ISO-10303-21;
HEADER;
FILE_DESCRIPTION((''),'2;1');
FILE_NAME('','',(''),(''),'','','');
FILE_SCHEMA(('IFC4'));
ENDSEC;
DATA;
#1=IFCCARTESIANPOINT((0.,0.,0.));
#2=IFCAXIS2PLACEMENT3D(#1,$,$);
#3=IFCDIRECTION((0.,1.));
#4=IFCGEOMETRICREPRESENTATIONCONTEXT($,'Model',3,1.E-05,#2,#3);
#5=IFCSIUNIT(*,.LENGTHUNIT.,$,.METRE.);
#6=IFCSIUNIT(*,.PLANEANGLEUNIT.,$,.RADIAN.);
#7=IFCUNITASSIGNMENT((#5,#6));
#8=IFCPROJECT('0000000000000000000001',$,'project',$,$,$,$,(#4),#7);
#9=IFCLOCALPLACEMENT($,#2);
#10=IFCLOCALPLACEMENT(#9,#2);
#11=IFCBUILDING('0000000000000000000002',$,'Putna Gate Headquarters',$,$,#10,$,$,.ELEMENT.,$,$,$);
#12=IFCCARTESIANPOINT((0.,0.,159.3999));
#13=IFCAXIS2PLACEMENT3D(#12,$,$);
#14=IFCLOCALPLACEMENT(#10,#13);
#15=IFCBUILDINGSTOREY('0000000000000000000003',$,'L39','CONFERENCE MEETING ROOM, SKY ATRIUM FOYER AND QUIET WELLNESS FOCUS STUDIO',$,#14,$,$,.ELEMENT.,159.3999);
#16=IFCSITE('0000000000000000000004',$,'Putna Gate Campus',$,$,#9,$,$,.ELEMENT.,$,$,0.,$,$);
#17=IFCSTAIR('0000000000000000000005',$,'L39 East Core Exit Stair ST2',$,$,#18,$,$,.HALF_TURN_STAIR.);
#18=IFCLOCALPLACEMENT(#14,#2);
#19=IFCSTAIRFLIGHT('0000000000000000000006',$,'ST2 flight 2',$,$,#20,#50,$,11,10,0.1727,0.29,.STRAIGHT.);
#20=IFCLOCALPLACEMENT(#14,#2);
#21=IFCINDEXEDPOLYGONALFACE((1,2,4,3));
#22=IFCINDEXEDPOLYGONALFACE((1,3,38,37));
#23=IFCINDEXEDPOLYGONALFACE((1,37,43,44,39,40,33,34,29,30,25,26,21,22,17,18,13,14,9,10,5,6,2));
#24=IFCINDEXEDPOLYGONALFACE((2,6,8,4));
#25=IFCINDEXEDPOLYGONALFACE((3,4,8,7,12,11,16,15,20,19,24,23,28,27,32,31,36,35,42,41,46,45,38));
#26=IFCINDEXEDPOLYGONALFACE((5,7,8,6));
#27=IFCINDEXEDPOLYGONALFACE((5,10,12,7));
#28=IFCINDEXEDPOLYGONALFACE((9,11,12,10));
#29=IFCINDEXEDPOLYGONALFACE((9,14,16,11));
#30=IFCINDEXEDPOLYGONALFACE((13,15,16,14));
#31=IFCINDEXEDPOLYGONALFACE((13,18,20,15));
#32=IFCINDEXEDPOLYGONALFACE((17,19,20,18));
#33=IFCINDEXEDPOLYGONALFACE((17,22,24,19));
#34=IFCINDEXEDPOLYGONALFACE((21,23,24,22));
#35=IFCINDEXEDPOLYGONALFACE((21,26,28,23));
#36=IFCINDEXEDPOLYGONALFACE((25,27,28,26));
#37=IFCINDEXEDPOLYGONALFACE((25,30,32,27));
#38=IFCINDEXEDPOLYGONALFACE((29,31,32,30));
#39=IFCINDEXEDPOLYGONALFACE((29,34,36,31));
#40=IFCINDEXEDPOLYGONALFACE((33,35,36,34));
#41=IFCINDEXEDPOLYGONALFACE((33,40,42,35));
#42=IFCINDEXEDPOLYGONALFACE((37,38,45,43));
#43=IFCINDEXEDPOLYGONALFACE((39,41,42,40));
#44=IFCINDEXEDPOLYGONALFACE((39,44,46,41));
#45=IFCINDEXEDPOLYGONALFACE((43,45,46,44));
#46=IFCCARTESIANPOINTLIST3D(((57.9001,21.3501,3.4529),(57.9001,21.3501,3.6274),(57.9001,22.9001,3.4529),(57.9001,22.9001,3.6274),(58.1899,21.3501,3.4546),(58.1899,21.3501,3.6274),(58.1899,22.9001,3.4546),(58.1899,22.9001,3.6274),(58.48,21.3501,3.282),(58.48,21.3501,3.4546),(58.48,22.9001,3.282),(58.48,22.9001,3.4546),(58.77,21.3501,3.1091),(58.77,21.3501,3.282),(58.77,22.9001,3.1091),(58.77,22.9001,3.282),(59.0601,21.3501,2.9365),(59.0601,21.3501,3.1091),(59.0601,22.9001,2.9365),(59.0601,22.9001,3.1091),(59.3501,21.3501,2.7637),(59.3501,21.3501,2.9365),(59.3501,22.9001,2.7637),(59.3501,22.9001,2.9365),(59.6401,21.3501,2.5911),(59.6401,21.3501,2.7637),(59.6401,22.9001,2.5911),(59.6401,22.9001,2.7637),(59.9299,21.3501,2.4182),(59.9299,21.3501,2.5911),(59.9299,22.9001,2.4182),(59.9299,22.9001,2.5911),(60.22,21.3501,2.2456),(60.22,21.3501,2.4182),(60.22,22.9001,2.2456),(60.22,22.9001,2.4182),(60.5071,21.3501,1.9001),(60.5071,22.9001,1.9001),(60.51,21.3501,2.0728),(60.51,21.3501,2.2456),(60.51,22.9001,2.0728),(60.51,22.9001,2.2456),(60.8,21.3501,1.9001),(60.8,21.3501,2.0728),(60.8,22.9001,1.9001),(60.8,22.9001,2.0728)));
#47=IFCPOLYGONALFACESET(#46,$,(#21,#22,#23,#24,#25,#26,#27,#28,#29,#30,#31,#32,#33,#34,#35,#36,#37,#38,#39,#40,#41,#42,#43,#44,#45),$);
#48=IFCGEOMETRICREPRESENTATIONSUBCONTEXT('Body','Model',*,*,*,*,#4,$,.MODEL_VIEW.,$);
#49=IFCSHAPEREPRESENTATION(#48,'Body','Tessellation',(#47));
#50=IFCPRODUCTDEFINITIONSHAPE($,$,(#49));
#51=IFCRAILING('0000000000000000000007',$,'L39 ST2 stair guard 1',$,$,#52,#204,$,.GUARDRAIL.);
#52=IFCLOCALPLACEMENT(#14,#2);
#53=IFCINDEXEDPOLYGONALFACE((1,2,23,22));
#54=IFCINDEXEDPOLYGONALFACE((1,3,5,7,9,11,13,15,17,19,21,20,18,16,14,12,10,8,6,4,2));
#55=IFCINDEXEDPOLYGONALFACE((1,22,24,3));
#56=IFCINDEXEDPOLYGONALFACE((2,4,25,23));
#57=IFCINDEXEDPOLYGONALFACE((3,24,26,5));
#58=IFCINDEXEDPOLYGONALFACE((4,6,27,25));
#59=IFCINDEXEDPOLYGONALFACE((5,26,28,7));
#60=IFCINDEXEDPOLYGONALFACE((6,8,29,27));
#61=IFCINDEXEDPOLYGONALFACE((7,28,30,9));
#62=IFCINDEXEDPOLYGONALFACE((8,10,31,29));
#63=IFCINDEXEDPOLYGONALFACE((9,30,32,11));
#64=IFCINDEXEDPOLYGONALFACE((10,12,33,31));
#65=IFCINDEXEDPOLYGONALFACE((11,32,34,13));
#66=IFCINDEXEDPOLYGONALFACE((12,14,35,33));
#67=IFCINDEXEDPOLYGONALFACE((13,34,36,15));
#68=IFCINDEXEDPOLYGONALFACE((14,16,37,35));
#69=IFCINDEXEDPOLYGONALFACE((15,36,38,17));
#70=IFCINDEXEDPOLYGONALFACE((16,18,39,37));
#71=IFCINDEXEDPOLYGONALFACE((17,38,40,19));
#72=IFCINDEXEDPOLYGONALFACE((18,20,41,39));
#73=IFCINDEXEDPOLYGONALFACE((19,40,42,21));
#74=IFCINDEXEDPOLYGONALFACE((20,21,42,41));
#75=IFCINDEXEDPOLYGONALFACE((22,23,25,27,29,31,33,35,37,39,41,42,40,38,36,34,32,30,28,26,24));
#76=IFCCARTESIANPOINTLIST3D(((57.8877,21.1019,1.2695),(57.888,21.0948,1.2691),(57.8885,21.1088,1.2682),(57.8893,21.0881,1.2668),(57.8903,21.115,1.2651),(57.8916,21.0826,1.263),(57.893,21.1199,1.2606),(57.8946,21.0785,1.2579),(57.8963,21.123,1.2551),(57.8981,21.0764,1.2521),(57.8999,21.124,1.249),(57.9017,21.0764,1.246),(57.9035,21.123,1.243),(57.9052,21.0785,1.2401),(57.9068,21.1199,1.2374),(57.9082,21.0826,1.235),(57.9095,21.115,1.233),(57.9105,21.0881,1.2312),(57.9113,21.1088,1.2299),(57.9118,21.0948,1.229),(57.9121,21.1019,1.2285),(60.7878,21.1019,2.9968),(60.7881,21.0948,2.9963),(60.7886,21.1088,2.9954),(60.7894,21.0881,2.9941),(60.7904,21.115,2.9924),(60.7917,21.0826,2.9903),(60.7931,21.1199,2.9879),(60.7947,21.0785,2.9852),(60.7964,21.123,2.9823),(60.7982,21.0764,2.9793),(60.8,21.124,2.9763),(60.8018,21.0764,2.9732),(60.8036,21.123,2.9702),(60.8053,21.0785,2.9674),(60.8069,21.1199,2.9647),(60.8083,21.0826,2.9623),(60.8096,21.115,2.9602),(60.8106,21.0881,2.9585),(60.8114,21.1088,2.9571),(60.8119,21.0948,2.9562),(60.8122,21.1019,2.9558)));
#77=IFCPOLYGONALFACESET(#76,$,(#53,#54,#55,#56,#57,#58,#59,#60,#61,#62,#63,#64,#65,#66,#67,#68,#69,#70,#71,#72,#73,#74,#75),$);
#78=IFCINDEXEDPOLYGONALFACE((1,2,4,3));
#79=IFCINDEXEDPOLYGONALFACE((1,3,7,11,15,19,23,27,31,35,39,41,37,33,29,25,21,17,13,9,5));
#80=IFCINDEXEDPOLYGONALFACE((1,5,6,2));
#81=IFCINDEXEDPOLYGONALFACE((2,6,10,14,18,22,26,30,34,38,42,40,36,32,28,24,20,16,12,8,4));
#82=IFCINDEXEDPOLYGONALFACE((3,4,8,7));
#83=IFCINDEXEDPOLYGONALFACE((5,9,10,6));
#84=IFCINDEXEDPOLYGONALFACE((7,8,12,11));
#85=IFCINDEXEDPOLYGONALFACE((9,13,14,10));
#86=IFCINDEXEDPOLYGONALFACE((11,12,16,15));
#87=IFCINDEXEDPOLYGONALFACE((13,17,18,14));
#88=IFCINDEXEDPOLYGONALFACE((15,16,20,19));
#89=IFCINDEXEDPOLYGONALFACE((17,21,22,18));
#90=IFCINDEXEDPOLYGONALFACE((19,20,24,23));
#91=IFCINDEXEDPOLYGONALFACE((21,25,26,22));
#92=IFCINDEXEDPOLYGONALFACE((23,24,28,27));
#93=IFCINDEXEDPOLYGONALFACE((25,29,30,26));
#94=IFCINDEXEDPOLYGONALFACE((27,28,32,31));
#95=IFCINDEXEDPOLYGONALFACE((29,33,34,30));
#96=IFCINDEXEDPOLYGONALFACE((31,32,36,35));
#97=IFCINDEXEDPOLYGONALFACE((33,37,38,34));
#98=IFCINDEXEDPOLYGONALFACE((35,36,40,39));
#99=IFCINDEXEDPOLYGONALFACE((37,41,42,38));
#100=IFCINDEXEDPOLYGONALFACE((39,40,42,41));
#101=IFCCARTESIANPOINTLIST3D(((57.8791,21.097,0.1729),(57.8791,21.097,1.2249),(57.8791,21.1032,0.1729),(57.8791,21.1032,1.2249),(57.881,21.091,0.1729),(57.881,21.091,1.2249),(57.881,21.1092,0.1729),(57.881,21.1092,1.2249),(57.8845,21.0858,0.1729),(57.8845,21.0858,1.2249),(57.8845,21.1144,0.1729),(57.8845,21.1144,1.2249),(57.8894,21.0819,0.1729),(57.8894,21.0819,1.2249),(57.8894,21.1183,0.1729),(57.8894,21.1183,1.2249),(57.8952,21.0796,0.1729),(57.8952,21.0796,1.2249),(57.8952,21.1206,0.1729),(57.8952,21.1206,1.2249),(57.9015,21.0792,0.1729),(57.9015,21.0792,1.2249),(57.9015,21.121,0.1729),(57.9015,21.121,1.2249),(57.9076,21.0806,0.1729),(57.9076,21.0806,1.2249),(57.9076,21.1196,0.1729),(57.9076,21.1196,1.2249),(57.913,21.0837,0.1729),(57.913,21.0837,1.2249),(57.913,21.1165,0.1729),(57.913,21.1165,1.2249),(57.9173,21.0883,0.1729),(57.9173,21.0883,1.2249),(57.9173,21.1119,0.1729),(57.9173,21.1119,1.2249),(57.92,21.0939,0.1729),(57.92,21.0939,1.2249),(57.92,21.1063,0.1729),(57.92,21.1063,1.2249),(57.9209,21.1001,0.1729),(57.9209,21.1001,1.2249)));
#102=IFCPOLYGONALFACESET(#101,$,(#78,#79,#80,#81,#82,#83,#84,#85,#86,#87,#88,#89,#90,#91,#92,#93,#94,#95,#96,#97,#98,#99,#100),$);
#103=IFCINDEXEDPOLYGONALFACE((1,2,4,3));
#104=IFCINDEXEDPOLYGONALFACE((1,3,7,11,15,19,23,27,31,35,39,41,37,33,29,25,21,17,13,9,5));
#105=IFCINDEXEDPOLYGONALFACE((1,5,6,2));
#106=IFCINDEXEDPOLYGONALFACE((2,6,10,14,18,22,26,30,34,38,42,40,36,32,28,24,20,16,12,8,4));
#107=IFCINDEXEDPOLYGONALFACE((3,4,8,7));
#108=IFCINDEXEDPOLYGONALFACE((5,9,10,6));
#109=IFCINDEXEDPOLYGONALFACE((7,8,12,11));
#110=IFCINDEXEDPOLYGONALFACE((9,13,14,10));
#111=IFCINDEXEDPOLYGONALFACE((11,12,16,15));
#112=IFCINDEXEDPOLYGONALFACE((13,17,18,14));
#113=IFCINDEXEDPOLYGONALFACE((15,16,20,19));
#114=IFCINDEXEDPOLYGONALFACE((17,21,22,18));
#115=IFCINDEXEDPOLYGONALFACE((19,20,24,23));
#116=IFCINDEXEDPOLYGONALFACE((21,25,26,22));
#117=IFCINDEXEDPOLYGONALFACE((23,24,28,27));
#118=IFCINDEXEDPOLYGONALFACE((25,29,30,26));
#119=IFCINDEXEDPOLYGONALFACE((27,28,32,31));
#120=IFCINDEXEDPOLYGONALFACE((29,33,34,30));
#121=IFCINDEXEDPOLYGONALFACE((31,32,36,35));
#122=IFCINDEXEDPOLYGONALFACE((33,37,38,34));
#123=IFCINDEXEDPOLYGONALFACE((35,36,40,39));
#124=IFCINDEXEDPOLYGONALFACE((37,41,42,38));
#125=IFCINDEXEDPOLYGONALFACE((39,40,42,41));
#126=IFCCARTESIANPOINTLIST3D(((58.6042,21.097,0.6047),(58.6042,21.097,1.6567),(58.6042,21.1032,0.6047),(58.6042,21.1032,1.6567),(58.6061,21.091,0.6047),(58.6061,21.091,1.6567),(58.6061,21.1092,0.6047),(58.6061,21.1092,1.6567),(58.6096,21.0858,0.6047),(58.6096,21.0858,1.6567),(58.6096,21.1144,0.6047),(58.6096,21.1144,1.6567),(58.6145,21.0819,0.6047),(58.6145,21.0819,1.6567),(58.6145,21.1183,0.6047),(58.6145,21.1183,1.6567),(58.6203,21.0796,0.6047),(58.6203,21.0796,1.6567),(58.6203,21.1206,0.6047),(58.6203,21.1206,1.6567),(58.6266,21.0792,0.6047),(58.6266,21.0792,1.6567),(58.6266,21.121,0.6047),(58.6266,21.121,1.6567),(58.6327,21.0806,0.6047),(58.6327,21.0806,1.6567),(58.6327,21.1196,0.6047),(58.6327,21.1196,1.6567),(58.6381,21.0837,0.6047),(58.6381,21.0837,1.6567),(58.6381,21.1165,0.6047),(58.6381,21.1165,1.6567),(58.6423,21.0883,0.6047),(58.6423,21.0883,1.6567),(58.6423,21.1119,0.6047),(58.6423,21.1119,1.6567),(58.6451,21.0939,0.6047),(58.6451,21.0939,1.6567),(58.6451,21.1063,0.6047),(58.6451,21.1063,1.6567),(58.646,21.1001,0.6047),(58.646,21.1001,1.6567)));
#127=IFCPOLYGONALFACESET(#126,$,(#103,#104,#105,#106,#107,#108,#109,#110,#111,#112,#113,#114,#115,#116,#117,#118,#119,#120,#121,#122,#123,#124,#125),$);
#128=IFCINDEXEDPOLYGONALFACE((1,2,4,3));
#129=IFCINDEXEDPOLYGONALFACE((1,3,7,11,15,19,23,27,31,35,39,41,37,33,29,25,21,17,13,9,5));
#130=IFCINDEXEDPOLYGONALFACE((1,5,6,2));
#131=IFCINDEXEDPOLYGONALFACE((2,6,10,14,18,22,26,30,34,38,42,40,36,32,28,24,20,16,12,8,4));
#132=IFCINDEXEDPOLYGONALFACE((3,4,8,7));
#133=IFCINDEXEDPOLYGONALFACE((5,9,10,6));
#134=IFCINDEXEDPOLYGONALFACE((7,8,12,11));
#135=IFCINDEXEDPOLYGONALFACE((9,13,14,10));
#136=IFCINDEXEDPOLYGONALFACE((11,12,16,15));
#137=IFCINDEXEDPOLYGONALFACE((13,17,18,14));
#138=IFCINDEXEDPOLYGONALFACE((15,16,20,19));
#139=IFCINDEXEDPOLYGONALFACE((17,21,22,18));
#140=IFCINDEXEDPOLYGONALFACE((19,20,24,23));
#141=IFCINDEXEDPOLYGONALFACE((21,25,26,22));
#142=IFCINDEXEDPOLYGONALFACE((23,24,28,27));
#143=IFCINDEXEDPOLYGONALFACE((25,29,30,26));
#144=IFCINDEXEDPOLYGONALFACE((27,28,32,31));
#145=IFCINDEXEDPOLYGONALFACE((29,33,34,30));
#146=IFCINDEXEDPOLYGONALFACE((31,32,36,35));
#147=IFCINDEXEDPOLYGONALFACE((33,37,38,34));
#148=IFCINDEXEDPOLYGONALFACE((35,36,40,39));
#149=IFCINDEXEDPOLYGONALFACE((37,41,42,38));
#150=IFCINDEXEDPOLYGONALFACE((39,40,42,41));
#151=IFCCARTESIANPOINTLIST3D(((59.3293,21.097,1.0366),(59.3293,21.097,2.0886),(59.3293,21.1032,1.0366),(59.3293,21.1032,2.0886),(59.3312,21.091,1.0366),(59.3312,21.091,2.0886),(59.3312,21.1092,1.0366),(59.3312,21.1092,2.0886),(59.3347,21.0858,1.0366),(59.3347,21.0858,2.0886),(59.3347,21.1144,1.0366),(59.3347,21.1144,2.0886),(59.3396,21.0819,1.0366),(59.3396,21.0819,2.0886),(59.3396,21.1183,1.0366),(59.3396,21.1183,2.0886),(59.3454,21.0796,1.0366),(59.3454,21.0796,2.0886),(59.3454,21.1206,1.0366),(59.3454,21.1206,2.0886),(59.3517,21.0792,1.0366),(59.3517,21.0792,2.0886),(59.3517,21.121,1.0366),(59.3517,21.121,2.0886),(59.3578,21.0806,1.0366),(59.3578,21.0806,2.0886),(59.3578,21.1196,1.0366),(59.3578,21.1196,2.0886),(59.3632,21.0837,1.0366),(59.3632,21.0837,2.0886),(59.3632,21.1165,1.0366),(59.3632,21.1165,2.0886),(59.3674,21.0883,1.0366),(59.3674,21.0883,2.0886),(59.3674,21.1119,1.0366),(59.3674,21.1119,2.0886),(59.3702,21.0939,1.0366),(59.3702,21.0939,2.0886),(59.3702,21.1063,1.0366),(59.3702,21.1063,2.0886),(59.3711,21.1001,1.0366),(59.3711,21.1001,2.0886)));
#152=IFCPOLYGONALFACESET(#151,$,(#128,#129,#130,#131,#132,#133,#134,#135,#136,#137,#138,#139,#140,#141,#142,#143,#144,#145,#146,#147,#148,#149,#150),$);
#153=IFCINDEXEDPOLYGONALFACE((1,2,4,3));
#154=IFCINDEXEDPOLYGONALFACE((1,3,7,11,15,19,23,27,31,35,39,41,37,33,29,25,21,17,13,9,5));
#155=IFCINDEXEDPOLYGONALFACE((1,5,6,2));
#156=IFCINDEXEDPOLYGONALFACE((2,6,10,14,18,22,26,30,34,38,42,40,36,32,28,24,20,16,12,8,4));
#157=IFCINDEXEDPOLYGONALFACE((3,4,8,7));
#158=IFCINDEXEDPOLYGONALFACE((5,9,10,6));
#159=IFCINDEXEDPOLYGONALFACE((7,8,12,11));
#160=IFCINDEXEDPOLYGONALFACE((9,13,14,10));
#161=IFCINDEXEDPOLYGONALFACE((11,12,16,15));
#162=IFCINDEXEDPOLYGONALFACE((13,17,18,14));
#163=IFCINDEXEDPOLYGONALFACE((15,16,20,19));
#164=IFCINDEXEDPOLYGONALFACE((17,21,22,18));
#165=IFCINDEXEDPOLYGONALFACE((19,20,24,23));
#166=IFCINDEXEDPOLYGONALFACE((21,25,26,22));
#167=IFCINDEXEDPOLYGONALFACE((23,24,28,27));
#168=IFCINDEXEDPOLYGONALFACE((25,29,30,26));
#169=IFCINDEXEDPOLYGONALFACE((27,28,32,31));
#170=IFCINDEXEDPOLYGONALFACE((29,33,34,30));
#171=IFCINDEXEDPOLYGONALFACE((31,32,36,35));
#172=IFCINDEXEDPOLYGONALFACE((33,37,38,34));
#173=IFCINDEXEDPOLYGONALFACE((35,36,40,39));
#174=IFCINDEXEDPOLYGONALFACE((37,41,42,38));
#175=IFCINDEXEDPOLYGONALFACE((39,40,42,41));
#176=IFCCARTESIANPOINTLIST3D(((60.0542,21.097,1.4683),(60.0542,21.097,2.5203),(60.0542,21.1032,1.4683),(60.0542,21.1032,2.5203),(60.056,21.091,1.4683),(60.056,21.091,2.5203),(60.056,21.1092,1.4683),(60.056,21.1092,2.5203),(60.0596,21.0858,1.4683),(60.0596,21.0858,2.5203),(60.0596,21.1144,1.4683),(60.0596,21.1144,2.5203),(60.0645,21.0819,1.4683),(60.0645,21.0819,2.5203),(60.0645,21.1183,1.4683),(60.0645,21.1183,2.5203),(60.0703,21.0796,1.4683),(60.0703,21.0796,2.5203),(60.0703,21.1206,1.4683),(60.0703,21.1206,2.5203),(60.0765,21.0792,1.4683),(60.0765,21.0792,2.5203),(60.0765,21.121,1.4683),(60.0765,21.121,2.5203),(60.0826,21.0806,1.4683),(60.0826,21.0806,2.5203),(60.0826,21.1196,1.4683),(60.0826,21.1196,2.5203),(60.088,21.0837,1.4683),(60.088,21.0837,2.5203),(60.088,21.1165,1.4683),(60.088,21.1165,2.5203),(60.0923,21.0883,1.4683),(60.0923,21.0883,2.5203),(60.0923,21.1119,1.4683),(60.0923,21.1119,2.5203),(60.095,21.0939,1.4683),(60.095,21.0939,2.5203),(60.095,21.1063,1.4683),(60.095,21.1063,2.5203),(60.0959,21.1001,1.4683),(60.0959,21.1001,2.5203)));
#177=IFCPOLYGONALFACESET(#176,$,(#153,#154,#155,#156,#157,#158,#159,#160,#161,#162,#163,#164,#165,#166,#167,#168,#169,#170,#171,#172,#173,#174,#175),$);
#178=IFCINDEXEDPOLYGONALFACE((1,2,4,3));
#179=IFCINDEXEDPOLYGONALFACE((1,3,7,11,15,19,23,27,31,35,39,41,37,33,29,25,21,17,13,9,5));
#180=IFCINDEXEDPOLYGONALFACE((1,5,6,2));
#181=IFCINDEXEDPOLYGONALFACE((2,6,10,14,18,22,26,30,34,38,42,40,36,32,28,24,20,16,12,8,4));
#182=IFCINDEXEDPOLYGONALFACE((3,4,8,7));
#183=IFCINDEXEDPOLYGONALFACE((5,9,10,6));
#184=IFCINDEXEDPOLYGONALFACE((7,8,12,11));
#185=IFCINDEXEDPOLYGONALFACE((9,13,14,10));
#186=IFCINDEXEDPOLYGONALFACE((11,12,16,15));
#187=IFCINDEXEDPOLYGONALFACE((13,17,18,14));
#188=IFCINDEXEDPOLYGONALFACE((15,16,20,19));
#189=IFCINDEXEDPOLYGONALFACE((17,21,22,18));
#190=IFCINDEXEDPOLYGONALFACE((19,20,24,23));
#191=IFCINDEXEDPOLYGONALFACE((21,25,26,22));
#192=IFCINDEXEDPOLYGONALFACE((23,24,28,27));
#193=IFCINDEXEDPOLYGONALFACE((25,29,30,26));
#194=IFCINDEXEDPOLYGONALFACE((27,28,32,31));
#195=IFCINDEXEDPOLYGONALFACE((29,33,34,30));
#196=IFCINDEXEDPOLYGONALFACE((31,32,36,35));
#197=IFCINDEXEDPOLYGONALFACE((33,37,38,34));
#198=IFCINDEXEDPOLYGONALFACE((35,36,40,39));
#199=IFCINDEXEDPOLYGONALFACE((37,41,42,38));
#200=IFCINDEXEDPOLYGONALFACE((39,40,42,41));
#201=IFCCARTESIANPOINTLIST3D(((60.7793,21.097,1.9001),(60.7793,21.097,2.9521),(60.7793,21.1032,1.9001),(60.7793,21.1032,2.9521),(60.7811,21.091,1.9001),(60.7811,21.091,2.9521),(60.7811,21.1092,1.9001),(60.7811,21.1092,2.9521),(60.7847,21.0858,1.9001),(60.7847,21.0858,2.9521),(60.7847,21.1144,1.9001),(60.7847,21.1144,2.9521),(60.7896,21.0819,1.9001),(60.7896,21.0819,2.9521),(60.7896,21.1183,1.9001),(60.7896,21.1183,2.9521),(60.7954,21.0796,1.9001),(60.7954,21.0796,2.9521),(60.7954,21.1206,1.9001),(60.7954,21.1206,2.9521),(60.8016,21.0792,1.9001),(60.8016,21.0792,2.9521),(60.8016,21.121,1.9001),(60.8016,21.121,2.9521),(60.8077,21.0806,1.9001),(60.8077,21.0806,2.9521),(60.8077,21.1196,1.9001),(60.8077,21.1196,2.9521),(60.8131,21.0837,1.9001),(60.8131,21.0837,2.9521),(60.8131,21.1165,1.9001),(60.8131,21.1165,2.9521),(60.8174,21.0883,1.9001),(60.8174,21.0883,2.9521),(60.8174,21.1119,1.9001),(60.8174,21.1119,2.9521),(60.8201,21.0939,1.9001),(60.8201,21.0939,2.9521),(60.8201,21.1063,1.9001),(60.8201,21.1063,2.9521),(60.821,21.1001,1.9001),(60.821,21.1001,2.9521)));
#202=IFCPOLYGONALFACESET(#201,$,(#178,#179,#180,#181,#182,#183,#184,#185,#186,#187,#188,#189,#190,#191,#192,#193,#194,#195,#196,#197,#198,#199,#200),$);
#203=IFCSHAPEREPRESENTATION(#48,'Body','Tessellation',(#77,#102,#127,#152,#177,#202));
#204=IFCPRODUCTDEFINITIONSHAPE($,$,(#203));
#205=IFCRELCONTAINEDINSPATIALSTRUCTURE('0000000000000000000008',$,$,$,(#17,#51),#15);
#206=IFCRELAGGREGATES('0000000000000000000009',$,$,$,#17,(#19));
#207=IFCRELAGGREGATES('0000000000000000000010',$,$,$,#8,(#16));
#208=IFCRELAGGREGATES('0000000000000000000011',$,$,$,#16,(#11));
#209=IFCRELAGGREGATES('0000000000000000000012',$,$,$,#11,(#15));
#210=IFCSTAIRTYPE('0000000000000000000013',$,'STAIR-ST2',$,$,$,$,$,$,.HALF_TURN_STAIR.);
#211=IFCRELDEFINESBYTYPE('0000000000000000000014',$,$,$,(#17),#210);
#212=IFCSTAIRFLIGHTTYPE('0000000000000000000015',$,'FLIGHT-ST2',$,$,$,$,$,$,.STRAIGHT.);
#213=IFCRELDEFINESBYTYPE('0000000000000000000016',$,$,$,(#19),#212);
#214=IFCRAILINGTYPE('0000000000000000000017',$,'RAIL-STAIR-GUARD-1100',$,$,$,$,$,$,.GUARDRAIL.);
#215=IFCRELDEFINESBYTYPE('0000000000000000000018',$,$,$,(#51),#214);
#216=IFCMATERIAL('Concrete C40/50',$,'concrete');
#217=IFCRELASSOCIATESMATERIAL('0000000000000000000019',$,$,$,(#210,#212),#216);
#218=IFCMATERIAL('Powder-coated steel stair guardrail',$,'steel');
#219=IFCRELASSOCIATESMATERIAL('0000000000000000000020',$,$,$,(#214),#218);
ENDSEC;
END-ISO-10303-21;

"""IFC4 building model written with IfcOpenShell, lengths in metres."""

from ifc_helpers import new_model, si_unit, direction, frame, origin, origin_2d, place, context, subcontext, project, spatial, polyline, circle, outline, extrude, material, type_object, element, aggregate, save


model = new_model("IFC4")

# Units and contexts
model_context = context("Model", 3, precision=1e-05, world=origin(), true_north=direction((0.0, 1.0)))
body_context = subcontext(model_context, "Body", "Model", "MODEL_VIEW")
ifc_project = project(units=[si_unit("LENGTHUNIT", "METRE"), si_unit("PLANEANGLEUNIT", "RADIAN")], contexts=[model_context])

# Site, building, storey
site_placement = place(None, origin())
site = spatial("IfcSite", under=ifc_project, at=site_placement, Name="Putna Gate Campus", CompositionType="ELEMENT", RefElevation=0.0)
building_placement = place(site_placement, origin())
building = spatial("IfcBuilding", under=site, at=building_placement, Name="Putna Gate Headquarters", CompositionType="ELEMENT")
storey_placement = place(building_placement, frame((0.0, 0.0, 159.3999)))
storey = spatial("IfcBuildingStorey", under=building, at=storey_placement, Name="L39", Description="CONFERENCE MEETING ROOM, SKY ATRIUM FOYER AND QUIET WELLNESS FOCUS STUDIO", CompositionType="ELEMENT", Elevation=159.3999)

# Shared definitions
ifc_material_1 = material(Name="Concrete C40/50", Category="concrete")

# Stair, stair flight
stair_type = type_object("IfcStairType", Name="STAIR-ST2", PredefinedType="HALF_TURN_STAIR", material=ifc_material_1)
stair_placement = place(storey_placement, origin())
stair = element("IfcStair", 1, at=stair_placement, inside=storey, type_object=stair_type, Name="L39 East Core Exit Stair ST2", PredefinedType="HALF_TURN_STAIR")
stair_flight_type = type_object("IfcStairFlightType", Name="FLIGHT-ST2", PredefinedType="STRAIGHT", material=ifc_material_1)
stair_flight_1_placement = place(storey_placement, frame((60.8, 22.125, 1.9001), z_axis=(0.0, 0.0, 1.0), x_axis=(-1.0, 0.0, 0.0)))
stair_flight_1 = element("IfcStairFlight", 2, at=stair_flight_1_placement, type_object=stair_flight_type, Name="ST2 flight 2", NumberOfRisers=11, NumberOfTreads=10, PredefinedType="STRAIGHT", RiserHeight=0.1727, TreadLength=0.29, context=body_context, shape_type="SweptSolid", body=[
    extrude(outline(polyline([(0.0, 0.0), (0.0, 0.1726), (0.29, 0.1726), (0.29, 0.3455), (0.5801, 0.3455), (0.5801, 0.5181), (0.8701, 0.5181), (0.8701, 0.6909), (1.1599, 0.6909), (1.1599, 0.8635), (1.45, 0.8635), (1.45, 1.0364), (1.74, 1.0364), (1.74, 1.209), (2.03, 1.209), (2.03, 1.3818), (2.3201, 1.3818), (2.3201, 1.5544), (2.6101, 1.5544), (2.6101, 1.7273), (2.8999, 1.7273), (2.8999, 1.8999), (2.8999, 1.5527), (0.293, 0.0), (0.0, 0.0)])), frame((0.0, 0.7749, 0.0), z_axis=(0.0, -1.0, 0.0), x_axis=(1.0, 0.0, 0.0)), (0.0, 0.0, 1.0), 1.55),
])
aggregate(stair, [stair_flight_1])

# Railing
ifc_material_2 = material(Name="Powder-coated steel stair guardrail", Category="steel")
railing_type_1 = type_object("IfcRailingType", Name="RAIL-STAIR-GUARD-1100", PredefinedType="GUARDRAIL", material=ifc_material_2)
railing_1_placement = place(storey_placement, frame((57.8999, 21.1001, 0.1729)))
element("IfcRailing", 3, at=railing_1_placement, inside=storey, type_object=railing_type_1, Name="L39 ST2 stair guard 1", PredefinedType="GUARDRAIL", context=body_context, shape_type="SweptSolid", body=[
    extrude(circle(Radius=0.0239, at=origin_2d()), frame((0.0, 0.0, 1.0762), z_axis=(0.85916, 0.0, 0.511706), x_axis=(0.0, 1.0, 0.0)), (0.0, 0.0, 1.0), 3.3755),
    extrude(circle(Radius=0.021, at=origin_2d()), origin(), (0.0, 0.0, 1.0), 1.052),
    extrude(circle(Radius=0.021, at=origin_2d()), frame((0.7251, 0.0, 0.4319)), (0.0, 0.0, 1.0), 1.052),
    extrude(circle(Radius=0.021, at=origin_2d()), frame((1.4502, 0.0, 0.8638)), (0.0, 0.0, 1.0), 1.052),
    extrude(circle(Radius=0.021, at=origin_2d()), frame((2.175, 0.0, 1.2954)), (0.0, 0.0, 1.0), 1.052),
    extrude(circle(Radius=0.021, at=origin_2d()), frame((2.9001, 0.0, 1.7273)), (0.0, 0.0, 1.0), 1.052),
])

save(model, "model.ifc")
